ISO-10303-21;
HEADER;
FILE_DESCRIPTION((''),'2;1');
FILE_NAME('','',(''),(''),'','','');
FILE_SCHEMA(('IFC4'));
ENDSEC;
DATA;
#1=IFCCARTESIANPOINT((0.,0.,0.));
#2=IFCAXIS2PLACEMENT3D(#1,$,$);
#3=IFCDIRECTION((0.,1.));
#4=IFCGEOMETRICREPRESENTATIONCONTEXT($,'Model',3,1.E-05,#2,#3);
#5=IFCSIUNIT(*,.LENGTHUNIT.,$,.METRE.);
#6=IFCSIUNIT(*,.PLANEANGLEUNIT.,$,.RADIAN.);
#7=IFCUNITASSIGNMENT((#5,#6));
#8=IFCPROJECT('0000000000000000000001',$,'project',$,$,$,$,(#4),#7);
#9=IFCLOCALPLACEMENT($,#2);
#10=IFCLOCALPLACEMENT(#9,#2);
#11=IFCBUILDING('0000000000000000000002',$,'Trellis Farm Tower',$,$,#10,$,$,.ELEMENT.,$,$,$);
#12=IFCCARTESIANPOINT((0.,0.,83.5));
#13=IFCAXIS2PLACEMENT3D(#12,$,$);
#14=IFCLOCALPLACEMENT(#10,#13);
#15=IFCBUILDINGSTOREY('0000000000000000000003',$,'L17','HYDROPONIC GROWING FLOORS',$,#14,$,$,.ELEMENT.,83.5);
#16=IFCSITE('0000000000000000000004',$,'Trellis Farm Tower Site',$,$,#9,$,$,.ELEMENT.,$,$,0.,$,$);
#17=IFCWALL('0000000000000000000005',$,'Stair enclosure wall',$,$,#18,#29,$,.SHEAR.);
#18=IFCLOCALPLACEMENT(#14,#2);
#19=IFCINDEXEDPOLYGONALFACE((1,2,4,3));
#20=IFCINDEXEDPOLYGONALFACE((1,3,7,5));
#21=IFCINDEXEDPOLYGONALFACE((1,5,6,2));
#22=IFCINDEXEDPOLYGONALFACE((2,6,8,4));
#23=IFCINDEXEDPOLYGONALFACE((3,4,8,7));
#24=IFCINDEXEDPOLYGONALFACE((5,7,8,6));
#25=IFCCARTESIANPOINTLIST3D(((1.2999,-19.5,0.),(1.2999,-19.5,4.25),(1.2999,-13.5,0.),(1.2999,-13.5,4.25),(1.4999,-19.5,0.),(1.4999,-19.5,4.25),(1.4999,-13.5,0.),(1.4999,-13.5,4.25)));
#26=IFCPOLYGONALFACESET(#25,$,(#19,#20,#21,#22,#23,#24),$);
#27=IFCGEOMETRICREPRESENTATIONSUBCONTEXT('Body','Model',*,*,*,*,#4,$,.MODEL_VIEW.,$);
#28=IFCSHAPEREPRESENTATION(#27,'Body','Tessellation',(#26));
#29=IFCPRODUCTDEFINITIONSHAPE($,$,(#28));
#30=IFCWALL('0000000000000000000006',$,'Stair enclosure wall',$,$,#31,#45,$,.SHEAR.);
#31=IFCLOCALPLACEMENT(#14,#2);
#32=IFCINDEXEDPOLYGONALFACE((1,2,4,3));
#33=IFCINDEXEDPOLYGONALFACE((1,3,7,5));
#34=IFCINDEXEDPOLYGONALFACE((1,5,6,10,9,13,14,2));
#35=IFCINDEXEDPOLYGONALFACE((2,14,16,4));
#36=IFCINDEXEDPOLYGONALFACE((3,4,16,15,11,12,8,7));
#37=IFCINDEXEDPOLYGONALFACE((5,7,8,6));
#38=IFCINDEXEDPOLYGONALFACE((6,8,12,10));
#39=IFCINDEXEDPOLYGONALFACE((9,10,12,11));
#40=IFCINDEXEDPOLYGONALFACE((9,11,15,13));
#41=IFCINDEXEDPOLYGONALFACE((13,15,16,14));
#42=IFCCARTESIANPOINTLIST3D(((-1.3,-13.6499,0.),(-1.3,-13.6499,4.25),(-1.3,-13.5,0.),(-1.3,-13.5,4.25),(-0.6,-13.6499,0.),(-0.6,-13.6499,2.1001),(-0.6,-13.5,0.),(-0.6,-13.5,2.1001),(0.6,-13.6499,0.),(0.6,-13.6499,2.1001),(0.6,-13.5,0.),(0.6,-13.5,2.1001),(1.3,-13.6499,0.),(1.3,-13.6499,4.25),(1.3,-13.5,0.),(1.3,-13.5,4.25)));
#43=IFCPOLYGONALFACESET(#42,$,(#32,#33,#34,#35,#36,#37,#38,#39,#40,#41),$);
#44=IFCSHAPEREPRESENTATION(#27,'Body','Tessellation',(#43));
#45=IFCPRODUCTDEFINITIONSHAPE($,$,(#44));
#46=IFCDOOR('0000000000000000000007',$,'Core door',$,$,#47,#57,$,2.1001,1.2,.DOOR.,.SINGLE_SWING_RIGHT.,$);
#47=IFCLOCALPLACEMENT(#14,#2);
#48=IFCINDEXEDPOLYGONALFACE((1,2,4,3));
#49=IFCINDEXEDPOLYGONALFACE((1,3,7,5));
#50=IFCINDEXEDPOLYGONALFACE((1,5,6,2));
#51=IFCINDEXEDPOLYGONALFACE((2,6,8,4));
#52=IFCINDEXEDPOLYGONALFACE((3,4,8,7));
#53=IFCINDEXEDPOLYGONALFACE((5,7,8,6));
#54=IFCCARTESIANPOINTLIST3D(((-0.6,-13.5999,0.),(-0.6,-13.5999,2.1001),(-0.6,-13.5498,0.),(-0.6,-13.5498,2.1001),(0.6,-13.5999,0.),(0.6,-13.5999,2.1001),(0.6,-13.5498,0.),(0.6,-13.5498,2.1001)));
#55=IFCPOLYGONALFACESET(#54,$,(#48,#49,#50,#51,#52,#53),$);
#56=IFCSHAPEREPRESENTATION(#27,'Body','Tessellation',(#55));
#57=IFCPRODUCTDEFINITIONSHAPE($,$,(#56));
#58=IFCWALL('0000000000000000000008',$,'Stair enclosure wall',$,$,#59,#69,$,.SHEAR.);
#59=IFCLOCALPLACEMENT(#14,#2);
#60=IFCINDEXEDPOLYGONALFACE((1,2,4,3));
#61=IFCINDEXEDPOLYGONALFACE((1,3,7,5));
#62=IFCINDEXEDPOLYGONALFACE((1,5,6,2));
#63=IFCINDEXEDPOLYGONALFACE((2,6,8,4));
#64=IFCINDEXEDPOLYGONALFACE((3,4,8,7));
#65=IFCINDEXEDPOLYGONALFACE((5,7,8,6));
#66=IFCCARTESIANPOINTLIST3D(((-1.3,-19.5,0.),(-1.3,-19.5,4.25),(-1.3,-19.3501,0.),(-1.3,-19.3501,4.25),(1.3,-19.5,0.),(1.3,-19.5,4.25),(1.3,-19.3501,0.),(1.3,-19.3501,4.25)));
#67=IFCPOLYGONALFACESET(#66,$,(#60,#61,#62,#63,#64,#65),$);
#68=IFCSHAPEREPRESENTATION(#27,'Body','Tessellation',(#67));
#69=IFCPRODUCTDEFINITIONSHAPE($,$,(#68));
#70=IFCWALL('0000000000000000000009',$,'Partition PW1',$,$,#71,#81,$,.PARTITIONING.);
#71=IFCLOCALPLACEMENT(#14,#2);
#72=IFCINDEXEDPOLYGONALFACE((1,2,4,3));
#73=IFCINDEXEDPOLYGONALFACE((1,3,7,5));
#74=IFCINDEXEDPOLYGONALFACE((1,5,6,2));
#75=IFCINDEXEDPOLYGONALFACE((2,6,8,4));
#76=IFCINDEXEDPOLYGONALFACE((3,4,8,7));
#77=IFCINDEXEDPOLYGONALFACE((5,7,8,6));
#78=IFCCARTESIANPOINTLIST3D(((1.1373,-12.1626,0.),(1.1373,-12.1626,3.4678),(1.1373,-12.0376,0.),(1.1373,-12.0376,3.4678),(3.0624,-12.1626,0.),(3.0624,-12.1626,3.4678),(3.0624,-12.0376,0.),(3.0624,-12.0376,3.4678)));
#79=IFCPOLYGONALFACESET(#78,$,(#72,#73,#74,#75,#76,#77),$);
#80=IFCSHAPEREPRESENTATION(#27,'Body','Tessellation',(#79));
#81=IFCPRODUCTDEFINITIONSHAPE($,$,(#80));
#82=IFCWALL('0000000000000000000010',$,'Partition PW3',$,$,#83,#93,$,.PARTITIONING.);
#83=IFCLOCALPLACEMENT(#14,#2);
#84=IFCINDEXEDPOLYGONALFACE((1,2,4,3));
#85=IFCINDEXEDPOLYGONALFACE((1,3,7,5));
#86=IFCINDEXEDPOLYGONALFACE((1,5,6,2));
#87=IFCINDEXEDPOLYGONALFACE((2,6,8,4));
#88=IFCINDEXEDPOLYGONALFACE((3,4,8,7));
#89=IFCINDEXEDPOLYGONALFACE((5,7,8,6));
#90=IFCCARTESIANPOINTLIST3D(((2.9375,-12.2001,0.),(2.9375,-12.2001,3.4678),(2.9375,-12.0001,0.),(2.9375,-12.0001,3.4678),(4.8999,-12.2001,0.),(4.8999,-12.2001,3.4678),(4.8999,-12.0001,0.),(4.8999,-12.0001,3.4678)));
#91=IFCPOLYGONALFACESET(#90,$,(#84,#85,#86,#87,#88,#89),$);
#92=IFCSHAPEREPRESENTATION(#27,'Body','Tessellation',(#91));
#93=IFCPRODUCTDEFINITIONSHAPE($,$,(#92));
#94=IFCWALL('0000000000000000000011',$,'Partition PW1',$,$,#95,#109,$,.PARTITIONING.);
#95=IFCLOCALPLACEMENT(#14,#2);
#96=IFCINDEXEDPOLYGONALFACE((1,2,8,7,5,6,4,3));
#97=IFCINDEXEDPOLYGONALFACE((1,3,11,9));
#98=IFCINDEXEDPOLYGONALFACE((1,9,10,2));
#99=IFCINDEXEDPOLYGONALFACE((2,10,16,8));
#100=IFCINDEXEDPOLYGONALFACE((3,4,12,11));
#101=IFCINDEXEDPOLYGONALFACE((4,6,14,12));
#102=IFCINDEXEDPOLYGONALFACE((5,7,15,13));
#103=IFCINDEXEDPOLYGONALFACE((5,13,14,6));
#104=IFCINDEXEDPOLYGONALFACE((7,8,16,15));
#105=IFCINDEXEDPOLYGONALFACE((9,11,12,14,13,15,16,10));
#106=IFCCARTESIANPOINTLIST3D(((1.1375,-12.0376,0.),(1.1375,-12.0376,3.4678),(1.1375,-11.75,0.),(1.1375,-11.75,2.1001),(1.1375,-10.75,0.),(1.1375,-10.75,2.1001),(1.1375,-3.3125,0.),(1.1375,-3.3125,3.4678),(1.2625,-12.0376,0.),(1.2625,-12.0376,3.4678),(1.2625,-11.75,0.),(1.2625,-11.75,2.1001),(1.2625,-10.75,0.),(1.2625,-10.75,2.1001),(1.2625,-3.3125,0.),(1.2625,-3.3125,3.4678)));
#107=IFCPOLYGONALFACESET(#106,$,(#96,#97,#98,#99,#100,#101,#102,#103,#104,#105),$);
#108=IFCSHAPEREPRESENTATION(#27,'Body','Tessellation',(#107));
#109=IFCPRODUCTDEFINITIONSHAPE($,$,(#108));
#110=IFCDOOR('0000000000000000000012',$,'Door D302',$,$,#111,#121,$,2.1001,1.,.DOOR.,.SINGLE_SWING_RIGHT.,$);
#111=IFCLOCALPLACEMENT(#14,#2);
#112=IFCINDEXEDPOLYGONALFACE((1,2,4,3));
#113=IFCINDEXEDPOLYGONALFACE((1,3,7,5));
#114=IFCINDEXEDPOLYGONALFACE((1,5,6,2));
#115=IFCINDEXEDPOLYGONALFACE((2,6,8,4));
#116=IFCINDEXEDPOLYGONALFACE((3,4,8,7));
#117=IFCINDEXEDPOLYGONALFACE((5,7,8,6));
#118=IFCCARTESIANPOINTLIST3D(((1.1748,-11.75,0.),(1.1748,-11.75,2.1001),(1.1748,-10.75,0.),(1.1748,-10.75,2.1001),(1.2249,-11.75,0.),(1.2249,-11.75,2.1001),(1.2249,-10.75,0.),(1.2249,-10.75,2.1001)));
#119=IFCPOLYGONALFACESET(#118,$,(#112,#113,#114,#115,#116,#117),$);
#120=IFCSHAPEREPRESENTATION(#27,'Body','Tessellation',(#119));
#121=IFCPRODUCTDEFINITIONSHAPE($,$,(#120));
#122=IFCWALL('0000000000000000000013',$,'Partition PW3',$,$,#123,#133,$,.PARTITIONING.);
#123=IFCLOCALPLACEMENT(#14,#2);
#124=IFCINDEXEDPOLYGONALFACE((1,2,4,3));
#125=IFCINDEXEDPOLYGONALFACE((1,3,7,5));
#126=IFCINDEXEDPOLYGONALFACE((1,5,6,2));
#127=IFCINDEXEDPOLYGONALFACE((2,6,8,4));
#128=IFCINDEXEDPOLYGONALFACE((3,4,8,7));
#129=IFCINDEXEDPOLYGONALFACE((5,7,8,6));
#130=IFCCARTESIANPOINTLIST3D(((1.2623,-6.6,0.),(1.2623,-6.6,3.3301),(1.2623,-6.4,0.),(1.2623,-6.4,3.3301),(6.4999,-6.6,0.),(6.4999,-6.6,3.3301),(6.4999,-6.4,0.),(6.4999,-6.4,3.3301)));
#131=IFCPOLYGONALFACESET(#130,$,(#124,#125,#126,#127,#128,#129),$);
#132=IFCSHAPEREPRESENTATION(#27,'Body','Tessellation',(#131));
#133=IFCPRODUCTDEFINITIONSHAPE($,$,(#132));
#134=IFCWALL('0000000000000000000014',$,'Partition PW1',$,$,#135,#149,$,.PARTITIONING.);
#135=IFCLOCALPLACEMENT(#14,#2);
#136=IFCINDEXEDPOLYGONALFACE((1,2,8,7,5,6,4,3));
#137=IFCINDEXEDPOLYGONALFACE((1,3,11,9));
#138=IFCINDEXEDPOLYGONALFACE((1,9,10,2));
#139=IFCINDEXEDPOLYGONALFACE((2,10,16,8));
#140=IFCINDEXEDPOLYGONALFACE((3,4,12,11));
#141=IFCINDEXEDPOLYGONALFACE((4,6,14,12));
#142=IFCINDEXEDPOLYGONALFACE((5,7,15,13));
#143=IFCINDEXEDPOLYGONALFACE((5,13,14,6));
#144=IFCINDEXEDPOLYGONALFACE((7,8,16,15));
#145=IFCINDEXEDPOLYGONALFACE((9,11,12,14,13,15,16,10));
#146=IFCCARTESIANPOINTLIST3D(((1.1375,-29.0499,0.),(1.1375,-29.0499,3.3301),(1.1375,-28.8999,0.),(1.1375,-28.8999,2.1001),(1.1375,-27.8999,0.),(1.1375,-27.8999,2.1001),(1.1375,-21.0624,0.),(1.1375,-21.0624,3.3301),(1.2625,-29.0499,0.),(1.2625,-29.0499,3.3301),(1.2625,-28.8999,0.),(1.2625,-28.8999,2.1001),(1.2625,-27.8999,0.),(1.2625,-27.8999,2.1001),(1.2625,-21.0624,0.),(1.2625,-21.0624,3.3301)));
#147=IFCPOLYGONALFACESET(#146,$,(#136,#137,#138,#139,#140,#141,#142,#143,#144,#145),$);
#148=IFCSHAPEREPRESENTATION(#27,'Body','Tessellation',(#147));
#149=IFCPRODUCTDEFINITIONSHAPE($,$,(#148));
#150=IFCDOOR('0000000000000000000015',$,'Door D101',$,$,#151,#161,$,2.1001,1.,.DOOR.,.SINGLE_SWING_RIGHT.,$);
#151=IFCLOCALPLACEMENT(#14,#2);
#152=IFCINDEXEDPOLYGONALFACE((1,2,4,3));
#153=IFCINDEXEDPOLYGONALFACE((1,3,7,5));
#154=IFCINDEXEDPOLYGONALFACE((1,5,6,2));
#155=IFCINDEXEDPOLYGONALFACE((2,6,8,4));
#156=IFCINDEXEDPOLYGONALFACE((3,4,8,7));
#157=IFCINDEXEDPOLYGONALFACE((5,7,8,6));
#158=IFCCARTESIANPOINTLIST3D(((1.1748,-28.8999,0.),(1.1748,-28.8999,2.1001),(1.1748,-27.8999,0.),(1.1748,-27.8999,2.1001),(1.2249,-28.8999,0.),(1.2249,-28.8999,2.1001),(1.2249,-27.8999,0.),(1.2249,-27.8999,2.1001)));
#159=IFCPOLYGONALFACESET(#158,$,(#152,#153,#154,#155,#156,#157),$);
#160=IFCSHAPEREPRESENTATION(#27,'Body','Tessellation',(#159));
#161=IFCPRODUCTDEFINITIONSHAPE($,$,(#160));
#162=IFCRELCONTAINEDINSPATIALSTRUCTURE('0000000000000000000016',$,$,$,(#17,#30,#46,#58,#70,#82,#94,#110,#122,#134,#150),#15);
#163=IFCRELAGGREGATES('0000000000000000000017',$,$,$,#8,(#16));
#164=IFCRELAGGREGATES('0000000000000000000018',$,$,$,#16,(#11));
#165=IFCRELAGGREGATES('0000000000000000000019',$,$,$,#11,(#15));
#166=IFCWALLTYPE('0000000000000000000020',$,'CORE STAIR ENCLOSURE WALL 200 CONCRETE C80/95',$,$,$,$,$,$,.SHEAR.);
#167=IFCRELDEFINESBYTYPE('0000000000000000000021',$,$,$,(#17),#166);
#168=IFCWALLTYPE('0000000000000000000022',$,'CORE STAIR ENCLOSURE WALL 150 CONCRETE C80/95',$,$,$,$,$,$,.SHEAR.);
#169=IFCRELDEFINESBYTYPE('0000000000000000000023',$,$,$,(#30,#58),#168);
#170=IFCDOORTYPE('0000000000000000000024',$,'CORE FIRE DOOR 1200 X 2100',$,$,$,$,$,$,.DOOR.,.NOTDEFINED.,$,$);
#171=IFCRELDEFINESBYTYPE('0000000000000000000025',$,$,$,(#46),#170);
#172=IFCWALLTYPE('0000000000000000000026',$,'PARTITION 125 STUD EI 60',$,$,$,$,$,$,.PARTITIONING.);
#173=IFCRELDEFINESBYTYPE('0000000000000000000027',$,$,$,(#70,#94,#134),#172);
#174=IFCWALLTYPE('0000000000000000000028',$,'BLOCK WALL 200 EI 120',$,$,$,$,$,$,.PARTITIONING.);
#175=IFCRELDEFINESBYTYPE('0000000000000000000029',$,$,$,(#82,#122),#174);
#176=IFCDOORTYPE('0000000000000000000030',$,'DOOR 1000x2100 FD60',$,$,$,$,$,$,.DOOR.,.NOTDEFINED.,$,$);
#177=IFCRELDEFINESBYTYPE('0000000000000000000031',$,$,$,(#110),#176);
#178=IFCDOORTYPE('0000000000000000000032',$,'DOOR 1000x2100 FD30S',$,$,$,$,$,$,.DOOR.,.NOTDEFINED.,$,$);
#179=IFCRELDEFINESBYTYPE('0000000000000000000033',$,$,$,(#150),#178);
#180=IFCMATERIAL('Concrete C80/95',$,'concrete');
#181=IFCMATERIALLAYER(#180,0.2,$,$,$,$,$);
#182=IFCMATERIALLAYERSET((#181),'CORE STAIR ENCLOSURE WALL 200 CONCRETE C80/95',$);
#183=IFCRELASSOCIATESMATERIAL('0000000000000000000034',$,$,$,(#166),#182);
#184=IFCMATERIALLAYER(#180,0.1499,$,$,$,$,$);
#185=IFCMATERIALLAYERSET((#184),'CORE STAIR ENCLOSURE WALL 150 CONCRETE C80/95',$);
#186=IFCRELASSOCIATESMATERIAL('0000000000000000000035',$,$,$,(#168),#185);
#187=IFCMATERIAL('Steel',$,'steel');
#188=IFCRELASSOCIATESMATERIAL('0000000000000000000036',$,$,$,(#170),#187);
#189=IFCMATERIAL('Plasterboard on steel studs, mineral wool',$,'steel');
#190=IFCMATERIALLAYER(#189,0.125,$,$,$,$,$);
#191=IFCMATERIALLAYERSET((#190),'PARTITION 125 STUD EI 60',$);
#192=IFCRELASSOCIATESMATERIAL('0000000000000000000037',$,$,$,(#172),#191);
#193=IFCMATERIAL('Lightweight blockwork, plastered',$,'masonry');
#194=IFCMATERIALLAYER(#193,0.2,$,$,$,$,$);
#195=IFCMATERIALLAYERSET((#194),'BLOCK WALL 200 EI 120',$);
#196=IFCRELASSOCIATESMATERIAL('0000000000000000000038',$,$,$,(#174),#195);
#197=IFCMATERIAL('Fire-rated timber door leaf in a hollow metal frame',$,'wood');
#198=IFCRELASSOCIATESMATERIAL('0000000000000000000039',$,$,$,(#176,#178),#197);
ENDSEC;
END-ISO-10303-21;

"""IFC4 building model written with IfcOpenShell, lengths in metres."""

from ifc_helpers import new_model, si_unit, direction, frame, frame_2d, origin, place, context, subcontext, project, spatial, rectangle, extrude, source, transform, mapped, material, layer, layer_set, type_object, element, fill, save


model = new_model("IFC4")

# Units and contexts
model_context = context("Model", 3, precision=1e-05, world=origin(), true_north=direction((0.0, 1.0)))
body_context = subcontext(model_context, "Body", "Model", "MODEL_VIEW")
ifc_project = project(units=[si_unit("LENGTHUNIT", "METRE"), si_unit("PLANEANGLEUNIT", "RADIAN")], contexts=[model_context])

# Site, building, storey
site_placement = place(None, origin())
site = spatial("IfcSite", under=ifc_project, at=site_placement, Name="Trellis Farm Tower Site", CompositionType="ELEMENT", RefElevation=0.0)
building_placement = place(site_placement, origin())
building = spatial("IfcBuilding", under=site, at=building_placement, Name="Trellis Farm Tower", CompositionType="ELEMENT")
storey_placement = place(building_placement, frame((0.0, 0.0, 83.5)))
storey = spatial("IfcBuildingStorey", under=building, at=storey_placement, Name="L17", Description="HYDROPONIC GROWING FLOORS", CompositionType="ELEMENT", Elevation=83.5)

# Wall
ifc_material_1 = material(Name="Concrete C80/95", Category="concrete")
ifc_layer_1 = layer(ifc_material_1, 0.2)
ifc_layer_set_1 = layer_set([ifc_layer_1], Name="CORE STAIR ENCLOSURE WALL 200 CONCRETE C80/95")
wall_type_1 = type_object("IfcWallType", Name="CORE STAIR ENCLOSURE WALL 200 CONCRETE C80/95", PredefinedType="SHEAR", material=ifc_layer_set_1)
shared_shape_1 = source(origin(), body_context, "Body", "SweptSolid", [
    extrude(rectangle(XDim=6.0, YDim=0.2, at=frame_2d((3.0, 0.0))), origin(), (0.0, 0.0, 1.0), 4.25),
])
wall_1_placement = place(storey_placement, frame((1.3999, -13.5, 0.0), z_axis=(0.0, 0.0, 1.0), x_axis=(0.0, -1.0, 0.0)))
element("IfcWall", 1, at=wall_1_placement, inside=storey, type_object=wall_type_1, Name="Stair enclosure wall", PredefinedType="SHEAR", context=body_context, shape_type="MappedRepresentation", body=[
    mapped(shared_shape_1, transform((0.0, 0.0, 0.0))),
])

# Wall, opening, door
ifc_layer_2 = layer(ifc_material_1, 0.1499)
ifc_layer_set_2 = layer_set([ifc_layer_2], Name="CORE STAIR ENCLOSURE WALL 150 CONCRETE C80/95")
wall_type_2 = type_object("IfcWallType", Name="CORE STAIR ENCLOSURE WALL 150 CONCRETE C80/95", PredefinedType="SHEAR", material=ifc_layer_set_2)
shared_shape_2 = source(origin(), body_context, "Body", "SweptSolid", [
    extrude(rectangle(XDim=2.6001, YDim=0.1499, at=frame_2d((1.3, 0.0))), origin(), (0.0, 0.0, 1.0), 4.25),
])
wall_2_placement = place(storey_placement, frame((1.3, -13.575, 0.0), z_axis=(0.0, 0.0, 1.0), x_axis=(-1.0, 0.0, 0.0)))
wall_2 = element("IfcWall", 2, at=wall_2_placement, inside=storey, type_object=wall_type_2, Name="Stair enclosure wall", PredefinedType="SHEAR", context=body_context, shape_type="MappedRepresentation", body=[
    mapped(shared_shape_2, transform((0.0, 0.0, 0.0))),
])
shared_shape_3 = source(origin(), body_context, "Body", "SweptSolid", [
    extrude(rectangle(XDim=1.2, YDim=2.1001, at=frame_2d((0.6001, 1.05))), frame((0.0, 0.085, 0.0), z_axis=(0.0, -1.0, 0.0), x_axis=(1.0, 0.0, 0.0)), (0.0, 0.0, 1.0), 0.1699),
])
opening_1_placement = place(wall_2_placement, frame((0.7, 0.0, 0.0)))
opening_1 = element("IfcOpeningElement", 3, at=opening_1_placement, cuts=wall_2, PredefinedType="OPENING", context=body_context, shape_type="MappedRepresentation", body=[
    mapped(shared_shape_3, transform((0.0, 0.0, 0.0))),
])
ifc_material_2 = material(Name="Steel", Category="steel")
door_type_1 = type_object("IfcDoorType", Name="CORE FIRE DOOR 1200 X 2100", OperationType="NOTDEFINED", PredefinedType="DOOR", material=ifc_material_2)
shared_shape_4 = source(origin(), body_context, "Body", "SweptSolid", [
    extrude(rectangle(XDim=1.2, YDim=2.1001, at=frame_2d((0.6001, 1.05))), frame((0.0, 0.0249, 0.0), z_axis=(0.0, -1.0, 0.0), x_axis=(1.0, 0.0, 0.0)), (0.0, 0.0, 1.0), 0.05),
])
door_1_placement = place(opening_1_placement, origin())
door_1 = element("IfcDoor", 4, at=door_1_placement, inside=storey, type_object=door_type_1, Name="Core door", OperationType="SINGLE_SWING_RIGHT", OverallHeight=2.1001, OverallWidth=1.2, PredefinedType="DOOR", context=body_context, shape_type="MappedRepresentation", body=[
    mapped(shared_shape_4, transform((0.0, 0.0, 0.0))),
])
fill(opening_1, door_1)

# Walls
wall_3_placement = place(storey_placement, frame((1.3, -19.425, 0.0), z_axis=(0.0, 0.0, 1.0), x_axis=(-1.0, 0.0, 0.0)))
element("IfcWall", 5, at=wall_3_placement, inside=storey, type_object=wall_type_2, Name="Stair enclosure wall", PredefinedType="SHEAR", context=body_context, shape_type="MappedRepresentation", body=[
    mapped(shared_shape_2, transform((0.0, 0.0, 0.0))),
])
ifc_material_3 = material(Name="Plasterboard on steel studs, mineral wool", Category="steel")
ifc_layer_3 = layer(ifc_material_3, 0.125)
ifc_layer_set_3 = layer_set([ifc_layer_3], Name="PARTITION 125 STUD EI 60")
wall_type_3 = type_object("IfcWallType", Name="PARTITION 125 STUD EI 60", PredefinedType="PARTITIONING", material=ifc_layer_set_3)
shared_shape_5 = source(origin(), body_context, "Body", "SweptSolid", [
    extrude(rectangle(XDim=1.925, YDim=0.125, at=frame_2d((0.9624, 0.0))), origin(), (0.0, 0.0, 1.0), 3.4678),
])
wall_4_placement = place(storey_placement, frame((1.1375, -12.1001, 0.0), z_axis=(0.0, 0.0, 1.0), x_axis=(1.0, 0.0, 0.0)))
element("IfcWall", 6, at=wall_4_placement, inside=storey, type_object=wall_type_3, Name="Partition PW1", PredefinedType="PARTITIONING", context=body_context, shape_type="MappedRepresentation", body=[
    mapped(shared_shape_5, transform((0.0, 0.0, 0.0))),
])
ifc_material_4 = material(Name="Lightweight blockwork, plastered", Category="masonry")
ifc_layer_4 = layer(ifc_material_4, 0.2)
ifc_layer_set_4 = layer_set([ifc_layer_4], Name="BLOCK WALL 200 EI 120")
wall_type_4 = type_object("IfcWallType", Name="BLOCK WALL 200 EI 120", PredefinedType="PARTITIONING", material=ifc_layer_set_4)
shared_shape_6 = source(origin(), body_context, "Body", "SweptSolid", [
    extrude(rectangle(XDim=1.9624, YDim=0.2, at=frame_2d((0.9812, 0.0))), origin(), (0.0, 0.0, 1.0), 3.4678),
])
wall_5_placement = place(storey_placement, frame((2.9375, -12.1001, 0.0), z_axis=(0.0, 0.0, 1.0), x_axis=(1.0, 0.0, 0.0)))
element("IfcWall", 7, at=wall_5_placement, inside=storey, type_object=wall_type_4, Name="Partition PW3", PredefinedType="PARTITIONING", context=body_context, shape_type="MappedRepresentation", body=[
    mapped(shared_shape_6, transform((0.0, 0.0, 0.0))),
])

# Wall, opening, door
shared_shape_7 = source(origin(), body_context, "Body", "SweptSolid", [
    extrude(rectangle(XDim=8.7251, YDim=0.125, at=frame_2d((4.3625, 0.0))), origin(), (0.0, 0.0, 1.0), 3.4678),
])
wall_6_placement = place(storey_placement, frame((1.2, -3.3125, 0.0), z_axis=(0.0, 0.0, 1.0), x_axis=(0.0, -1.0, 0.0)))
wall_6 = element("IfcWall", 8, at=wall_6_placement, inside=storey, type_object=wall_type_3, Name="Partition PW1", PredefinedType="PARTITIONING", context=body_context, shape_type="MappedRepresentation", body=[
    mapped(shared_shape_7, transform((0.0, 0.0, 0.0))),
])
shared_shape_8 = source(origin(), body_context, "Body", "SweptSolid", [
    extrude(rectangle(XDim=1.0, YDim=2.1001, at=frame_2d((0.5, 1.05))), frame((0.0, 0.0725, 0.0), z_axis=(0.0, -1.0, 0.0), x_axis=(1.0, 0.0, 0.0)), (0.0, 0.0, 1.0), 0.145),
])
opening_2_placement = place(wall_6_placement, frame((7.4375, 0.0, 0.0)))
opening_2 = element("IfcOpeningElement", 9, at=opening_2_placement, cuts=wall_6, PredefinedType="OPENING", context=body_context, shape_type="MappedRepresentation", body=[
    mapped(shared_shape_8, transform((0.0, 0.0, 0.0))),
])
ifc_material_5 = material(Name="Fire-rated timber door leaf in a hollow metal frame", Category="wood")
door_type_2 = type_object("IfcDoorType", Name="DOOR 1000x2100 FD60", OperationType="NOTDEFINED", PredefinedType="DOOR", material=ifc_material_5)
shared_shape_9 = source(origin(), body_context, "Body", "SweptSolid", [
    extrude(rectangle(XDim=1.0, YDim=2.1001, at=frame_2d((0.5, 1.05))), frame((0.0, 0.0249, 0.0), z_axis=(0.0, -1.0, 0.0), x_axis=(1.0, 0.0, 0.0)), (0.0, 0.0, 1.0), 0.05),
])
door_2_placement = place(opening_2_placement, origin())
door_2 = element("IfcDoor", 10, at=door_2_placement, inside=storey, type_object=door_type_2, Name="Door D302", OperationType="SINGLE_SWING_RIGHT", OverallHeight=2.1001, OverallWidth=1.0, PredefinedType="DOOR", context=body_context, shape_type="MappedRepresentation", body=[
    mapped(shared_shape_9, transform((0.0, 0.0, 0.0))),
])
fill(opening_2, door_2)

# Wall
shared_shape_10 = source(origin(), body_context, "Body", "SweptSolid", [
    extrude(rectangle(XDim=5.2375, YDim=0.2, at=frame_2d((2.6187, 0.0))), origin(), (0.0, 0.0, 1.0), 3.3301),
])
wall_7_placement = place(storey_placement, frame((1.2625, -6.5, 0.0), z_axis=(0.0, 0.0, 1.0), x_axis=(1.0, 0.0, 0.0)))
element("IfcWall", 11, at=wall_7_placement, inside=storey, type_object=wall_type_4, Name="Partition PW3", PredefinedType="PARTITIONING", context=body_context, shape_type="MappedRepresentation", body=[
    mapped(shared_shape_10, transform((0.0, 0.0, 0.0))),
])

# Wall, opening, door
shared_shape_11 = source(origin(), body_context, "Body", "SweptSolid", [
    extrude(rectangle(XDim=7.9875, YDim=0.125, at=frame_2d((3.9937, 0.0))), origin(), (0.0, 0.0, 1.0), 3.3301),
])
wall_8_placement = place(storey_placement, frame((1.2, -21.0625, 0.0), z_axis=(0.0, 0.0, 1.0), x_axis=(0.0, -1.0, 0.0)))
wall_8 = element("IfcWall", 12, at=wall_8_placement, inside=storey, type_object=wall_type_3, Name="Partition PW1", PredefinedType="PARTITIONING", context=body_context, shape_type="MappedRepresentation", body=[
    mapped(shared_shape_11, transform((0.0, 0.0, 0.0))),
])
opening_3_placement = place(wall_8_placement, frame((6.8374, 0.0, 0.0)))
opening_3 = element("IfcOpeningElement", 13, at=opening_3_placement, cuts=wall_8, PredefinedType="OPENING", context=body_context, shape_type="MappedRepresentation", body=[
    mapped(shared_shape_8, transform((0.0, 0.0, 0.0))),
])
door_type_3 = type_object("IfcDoorType", Name="DOOR 1000x2100 FD30S", OperationType="NOTDEFINED", PredefinedType="DOOR", material=ifc_material_5)
door_3_placement = place(opening_3_placement, origin())
door_3 = element("IfcDoor", 14, at=door_3_placement, inside=storey, type_object=door_type_3, Name="Door D101", OperationType="SINGLE_SWING_RIGHT", OverallHeight=2.1001, OverallWidth=1.0, PredefinedType="DOOR", context=body_context, shape_type="MappedRepresentation", body=[
    mapped(shared_shape_9, transform((0.0, 0.0, 0.0))),
])
fill(opening_3, door_3)

save(model, "model.ifc")
